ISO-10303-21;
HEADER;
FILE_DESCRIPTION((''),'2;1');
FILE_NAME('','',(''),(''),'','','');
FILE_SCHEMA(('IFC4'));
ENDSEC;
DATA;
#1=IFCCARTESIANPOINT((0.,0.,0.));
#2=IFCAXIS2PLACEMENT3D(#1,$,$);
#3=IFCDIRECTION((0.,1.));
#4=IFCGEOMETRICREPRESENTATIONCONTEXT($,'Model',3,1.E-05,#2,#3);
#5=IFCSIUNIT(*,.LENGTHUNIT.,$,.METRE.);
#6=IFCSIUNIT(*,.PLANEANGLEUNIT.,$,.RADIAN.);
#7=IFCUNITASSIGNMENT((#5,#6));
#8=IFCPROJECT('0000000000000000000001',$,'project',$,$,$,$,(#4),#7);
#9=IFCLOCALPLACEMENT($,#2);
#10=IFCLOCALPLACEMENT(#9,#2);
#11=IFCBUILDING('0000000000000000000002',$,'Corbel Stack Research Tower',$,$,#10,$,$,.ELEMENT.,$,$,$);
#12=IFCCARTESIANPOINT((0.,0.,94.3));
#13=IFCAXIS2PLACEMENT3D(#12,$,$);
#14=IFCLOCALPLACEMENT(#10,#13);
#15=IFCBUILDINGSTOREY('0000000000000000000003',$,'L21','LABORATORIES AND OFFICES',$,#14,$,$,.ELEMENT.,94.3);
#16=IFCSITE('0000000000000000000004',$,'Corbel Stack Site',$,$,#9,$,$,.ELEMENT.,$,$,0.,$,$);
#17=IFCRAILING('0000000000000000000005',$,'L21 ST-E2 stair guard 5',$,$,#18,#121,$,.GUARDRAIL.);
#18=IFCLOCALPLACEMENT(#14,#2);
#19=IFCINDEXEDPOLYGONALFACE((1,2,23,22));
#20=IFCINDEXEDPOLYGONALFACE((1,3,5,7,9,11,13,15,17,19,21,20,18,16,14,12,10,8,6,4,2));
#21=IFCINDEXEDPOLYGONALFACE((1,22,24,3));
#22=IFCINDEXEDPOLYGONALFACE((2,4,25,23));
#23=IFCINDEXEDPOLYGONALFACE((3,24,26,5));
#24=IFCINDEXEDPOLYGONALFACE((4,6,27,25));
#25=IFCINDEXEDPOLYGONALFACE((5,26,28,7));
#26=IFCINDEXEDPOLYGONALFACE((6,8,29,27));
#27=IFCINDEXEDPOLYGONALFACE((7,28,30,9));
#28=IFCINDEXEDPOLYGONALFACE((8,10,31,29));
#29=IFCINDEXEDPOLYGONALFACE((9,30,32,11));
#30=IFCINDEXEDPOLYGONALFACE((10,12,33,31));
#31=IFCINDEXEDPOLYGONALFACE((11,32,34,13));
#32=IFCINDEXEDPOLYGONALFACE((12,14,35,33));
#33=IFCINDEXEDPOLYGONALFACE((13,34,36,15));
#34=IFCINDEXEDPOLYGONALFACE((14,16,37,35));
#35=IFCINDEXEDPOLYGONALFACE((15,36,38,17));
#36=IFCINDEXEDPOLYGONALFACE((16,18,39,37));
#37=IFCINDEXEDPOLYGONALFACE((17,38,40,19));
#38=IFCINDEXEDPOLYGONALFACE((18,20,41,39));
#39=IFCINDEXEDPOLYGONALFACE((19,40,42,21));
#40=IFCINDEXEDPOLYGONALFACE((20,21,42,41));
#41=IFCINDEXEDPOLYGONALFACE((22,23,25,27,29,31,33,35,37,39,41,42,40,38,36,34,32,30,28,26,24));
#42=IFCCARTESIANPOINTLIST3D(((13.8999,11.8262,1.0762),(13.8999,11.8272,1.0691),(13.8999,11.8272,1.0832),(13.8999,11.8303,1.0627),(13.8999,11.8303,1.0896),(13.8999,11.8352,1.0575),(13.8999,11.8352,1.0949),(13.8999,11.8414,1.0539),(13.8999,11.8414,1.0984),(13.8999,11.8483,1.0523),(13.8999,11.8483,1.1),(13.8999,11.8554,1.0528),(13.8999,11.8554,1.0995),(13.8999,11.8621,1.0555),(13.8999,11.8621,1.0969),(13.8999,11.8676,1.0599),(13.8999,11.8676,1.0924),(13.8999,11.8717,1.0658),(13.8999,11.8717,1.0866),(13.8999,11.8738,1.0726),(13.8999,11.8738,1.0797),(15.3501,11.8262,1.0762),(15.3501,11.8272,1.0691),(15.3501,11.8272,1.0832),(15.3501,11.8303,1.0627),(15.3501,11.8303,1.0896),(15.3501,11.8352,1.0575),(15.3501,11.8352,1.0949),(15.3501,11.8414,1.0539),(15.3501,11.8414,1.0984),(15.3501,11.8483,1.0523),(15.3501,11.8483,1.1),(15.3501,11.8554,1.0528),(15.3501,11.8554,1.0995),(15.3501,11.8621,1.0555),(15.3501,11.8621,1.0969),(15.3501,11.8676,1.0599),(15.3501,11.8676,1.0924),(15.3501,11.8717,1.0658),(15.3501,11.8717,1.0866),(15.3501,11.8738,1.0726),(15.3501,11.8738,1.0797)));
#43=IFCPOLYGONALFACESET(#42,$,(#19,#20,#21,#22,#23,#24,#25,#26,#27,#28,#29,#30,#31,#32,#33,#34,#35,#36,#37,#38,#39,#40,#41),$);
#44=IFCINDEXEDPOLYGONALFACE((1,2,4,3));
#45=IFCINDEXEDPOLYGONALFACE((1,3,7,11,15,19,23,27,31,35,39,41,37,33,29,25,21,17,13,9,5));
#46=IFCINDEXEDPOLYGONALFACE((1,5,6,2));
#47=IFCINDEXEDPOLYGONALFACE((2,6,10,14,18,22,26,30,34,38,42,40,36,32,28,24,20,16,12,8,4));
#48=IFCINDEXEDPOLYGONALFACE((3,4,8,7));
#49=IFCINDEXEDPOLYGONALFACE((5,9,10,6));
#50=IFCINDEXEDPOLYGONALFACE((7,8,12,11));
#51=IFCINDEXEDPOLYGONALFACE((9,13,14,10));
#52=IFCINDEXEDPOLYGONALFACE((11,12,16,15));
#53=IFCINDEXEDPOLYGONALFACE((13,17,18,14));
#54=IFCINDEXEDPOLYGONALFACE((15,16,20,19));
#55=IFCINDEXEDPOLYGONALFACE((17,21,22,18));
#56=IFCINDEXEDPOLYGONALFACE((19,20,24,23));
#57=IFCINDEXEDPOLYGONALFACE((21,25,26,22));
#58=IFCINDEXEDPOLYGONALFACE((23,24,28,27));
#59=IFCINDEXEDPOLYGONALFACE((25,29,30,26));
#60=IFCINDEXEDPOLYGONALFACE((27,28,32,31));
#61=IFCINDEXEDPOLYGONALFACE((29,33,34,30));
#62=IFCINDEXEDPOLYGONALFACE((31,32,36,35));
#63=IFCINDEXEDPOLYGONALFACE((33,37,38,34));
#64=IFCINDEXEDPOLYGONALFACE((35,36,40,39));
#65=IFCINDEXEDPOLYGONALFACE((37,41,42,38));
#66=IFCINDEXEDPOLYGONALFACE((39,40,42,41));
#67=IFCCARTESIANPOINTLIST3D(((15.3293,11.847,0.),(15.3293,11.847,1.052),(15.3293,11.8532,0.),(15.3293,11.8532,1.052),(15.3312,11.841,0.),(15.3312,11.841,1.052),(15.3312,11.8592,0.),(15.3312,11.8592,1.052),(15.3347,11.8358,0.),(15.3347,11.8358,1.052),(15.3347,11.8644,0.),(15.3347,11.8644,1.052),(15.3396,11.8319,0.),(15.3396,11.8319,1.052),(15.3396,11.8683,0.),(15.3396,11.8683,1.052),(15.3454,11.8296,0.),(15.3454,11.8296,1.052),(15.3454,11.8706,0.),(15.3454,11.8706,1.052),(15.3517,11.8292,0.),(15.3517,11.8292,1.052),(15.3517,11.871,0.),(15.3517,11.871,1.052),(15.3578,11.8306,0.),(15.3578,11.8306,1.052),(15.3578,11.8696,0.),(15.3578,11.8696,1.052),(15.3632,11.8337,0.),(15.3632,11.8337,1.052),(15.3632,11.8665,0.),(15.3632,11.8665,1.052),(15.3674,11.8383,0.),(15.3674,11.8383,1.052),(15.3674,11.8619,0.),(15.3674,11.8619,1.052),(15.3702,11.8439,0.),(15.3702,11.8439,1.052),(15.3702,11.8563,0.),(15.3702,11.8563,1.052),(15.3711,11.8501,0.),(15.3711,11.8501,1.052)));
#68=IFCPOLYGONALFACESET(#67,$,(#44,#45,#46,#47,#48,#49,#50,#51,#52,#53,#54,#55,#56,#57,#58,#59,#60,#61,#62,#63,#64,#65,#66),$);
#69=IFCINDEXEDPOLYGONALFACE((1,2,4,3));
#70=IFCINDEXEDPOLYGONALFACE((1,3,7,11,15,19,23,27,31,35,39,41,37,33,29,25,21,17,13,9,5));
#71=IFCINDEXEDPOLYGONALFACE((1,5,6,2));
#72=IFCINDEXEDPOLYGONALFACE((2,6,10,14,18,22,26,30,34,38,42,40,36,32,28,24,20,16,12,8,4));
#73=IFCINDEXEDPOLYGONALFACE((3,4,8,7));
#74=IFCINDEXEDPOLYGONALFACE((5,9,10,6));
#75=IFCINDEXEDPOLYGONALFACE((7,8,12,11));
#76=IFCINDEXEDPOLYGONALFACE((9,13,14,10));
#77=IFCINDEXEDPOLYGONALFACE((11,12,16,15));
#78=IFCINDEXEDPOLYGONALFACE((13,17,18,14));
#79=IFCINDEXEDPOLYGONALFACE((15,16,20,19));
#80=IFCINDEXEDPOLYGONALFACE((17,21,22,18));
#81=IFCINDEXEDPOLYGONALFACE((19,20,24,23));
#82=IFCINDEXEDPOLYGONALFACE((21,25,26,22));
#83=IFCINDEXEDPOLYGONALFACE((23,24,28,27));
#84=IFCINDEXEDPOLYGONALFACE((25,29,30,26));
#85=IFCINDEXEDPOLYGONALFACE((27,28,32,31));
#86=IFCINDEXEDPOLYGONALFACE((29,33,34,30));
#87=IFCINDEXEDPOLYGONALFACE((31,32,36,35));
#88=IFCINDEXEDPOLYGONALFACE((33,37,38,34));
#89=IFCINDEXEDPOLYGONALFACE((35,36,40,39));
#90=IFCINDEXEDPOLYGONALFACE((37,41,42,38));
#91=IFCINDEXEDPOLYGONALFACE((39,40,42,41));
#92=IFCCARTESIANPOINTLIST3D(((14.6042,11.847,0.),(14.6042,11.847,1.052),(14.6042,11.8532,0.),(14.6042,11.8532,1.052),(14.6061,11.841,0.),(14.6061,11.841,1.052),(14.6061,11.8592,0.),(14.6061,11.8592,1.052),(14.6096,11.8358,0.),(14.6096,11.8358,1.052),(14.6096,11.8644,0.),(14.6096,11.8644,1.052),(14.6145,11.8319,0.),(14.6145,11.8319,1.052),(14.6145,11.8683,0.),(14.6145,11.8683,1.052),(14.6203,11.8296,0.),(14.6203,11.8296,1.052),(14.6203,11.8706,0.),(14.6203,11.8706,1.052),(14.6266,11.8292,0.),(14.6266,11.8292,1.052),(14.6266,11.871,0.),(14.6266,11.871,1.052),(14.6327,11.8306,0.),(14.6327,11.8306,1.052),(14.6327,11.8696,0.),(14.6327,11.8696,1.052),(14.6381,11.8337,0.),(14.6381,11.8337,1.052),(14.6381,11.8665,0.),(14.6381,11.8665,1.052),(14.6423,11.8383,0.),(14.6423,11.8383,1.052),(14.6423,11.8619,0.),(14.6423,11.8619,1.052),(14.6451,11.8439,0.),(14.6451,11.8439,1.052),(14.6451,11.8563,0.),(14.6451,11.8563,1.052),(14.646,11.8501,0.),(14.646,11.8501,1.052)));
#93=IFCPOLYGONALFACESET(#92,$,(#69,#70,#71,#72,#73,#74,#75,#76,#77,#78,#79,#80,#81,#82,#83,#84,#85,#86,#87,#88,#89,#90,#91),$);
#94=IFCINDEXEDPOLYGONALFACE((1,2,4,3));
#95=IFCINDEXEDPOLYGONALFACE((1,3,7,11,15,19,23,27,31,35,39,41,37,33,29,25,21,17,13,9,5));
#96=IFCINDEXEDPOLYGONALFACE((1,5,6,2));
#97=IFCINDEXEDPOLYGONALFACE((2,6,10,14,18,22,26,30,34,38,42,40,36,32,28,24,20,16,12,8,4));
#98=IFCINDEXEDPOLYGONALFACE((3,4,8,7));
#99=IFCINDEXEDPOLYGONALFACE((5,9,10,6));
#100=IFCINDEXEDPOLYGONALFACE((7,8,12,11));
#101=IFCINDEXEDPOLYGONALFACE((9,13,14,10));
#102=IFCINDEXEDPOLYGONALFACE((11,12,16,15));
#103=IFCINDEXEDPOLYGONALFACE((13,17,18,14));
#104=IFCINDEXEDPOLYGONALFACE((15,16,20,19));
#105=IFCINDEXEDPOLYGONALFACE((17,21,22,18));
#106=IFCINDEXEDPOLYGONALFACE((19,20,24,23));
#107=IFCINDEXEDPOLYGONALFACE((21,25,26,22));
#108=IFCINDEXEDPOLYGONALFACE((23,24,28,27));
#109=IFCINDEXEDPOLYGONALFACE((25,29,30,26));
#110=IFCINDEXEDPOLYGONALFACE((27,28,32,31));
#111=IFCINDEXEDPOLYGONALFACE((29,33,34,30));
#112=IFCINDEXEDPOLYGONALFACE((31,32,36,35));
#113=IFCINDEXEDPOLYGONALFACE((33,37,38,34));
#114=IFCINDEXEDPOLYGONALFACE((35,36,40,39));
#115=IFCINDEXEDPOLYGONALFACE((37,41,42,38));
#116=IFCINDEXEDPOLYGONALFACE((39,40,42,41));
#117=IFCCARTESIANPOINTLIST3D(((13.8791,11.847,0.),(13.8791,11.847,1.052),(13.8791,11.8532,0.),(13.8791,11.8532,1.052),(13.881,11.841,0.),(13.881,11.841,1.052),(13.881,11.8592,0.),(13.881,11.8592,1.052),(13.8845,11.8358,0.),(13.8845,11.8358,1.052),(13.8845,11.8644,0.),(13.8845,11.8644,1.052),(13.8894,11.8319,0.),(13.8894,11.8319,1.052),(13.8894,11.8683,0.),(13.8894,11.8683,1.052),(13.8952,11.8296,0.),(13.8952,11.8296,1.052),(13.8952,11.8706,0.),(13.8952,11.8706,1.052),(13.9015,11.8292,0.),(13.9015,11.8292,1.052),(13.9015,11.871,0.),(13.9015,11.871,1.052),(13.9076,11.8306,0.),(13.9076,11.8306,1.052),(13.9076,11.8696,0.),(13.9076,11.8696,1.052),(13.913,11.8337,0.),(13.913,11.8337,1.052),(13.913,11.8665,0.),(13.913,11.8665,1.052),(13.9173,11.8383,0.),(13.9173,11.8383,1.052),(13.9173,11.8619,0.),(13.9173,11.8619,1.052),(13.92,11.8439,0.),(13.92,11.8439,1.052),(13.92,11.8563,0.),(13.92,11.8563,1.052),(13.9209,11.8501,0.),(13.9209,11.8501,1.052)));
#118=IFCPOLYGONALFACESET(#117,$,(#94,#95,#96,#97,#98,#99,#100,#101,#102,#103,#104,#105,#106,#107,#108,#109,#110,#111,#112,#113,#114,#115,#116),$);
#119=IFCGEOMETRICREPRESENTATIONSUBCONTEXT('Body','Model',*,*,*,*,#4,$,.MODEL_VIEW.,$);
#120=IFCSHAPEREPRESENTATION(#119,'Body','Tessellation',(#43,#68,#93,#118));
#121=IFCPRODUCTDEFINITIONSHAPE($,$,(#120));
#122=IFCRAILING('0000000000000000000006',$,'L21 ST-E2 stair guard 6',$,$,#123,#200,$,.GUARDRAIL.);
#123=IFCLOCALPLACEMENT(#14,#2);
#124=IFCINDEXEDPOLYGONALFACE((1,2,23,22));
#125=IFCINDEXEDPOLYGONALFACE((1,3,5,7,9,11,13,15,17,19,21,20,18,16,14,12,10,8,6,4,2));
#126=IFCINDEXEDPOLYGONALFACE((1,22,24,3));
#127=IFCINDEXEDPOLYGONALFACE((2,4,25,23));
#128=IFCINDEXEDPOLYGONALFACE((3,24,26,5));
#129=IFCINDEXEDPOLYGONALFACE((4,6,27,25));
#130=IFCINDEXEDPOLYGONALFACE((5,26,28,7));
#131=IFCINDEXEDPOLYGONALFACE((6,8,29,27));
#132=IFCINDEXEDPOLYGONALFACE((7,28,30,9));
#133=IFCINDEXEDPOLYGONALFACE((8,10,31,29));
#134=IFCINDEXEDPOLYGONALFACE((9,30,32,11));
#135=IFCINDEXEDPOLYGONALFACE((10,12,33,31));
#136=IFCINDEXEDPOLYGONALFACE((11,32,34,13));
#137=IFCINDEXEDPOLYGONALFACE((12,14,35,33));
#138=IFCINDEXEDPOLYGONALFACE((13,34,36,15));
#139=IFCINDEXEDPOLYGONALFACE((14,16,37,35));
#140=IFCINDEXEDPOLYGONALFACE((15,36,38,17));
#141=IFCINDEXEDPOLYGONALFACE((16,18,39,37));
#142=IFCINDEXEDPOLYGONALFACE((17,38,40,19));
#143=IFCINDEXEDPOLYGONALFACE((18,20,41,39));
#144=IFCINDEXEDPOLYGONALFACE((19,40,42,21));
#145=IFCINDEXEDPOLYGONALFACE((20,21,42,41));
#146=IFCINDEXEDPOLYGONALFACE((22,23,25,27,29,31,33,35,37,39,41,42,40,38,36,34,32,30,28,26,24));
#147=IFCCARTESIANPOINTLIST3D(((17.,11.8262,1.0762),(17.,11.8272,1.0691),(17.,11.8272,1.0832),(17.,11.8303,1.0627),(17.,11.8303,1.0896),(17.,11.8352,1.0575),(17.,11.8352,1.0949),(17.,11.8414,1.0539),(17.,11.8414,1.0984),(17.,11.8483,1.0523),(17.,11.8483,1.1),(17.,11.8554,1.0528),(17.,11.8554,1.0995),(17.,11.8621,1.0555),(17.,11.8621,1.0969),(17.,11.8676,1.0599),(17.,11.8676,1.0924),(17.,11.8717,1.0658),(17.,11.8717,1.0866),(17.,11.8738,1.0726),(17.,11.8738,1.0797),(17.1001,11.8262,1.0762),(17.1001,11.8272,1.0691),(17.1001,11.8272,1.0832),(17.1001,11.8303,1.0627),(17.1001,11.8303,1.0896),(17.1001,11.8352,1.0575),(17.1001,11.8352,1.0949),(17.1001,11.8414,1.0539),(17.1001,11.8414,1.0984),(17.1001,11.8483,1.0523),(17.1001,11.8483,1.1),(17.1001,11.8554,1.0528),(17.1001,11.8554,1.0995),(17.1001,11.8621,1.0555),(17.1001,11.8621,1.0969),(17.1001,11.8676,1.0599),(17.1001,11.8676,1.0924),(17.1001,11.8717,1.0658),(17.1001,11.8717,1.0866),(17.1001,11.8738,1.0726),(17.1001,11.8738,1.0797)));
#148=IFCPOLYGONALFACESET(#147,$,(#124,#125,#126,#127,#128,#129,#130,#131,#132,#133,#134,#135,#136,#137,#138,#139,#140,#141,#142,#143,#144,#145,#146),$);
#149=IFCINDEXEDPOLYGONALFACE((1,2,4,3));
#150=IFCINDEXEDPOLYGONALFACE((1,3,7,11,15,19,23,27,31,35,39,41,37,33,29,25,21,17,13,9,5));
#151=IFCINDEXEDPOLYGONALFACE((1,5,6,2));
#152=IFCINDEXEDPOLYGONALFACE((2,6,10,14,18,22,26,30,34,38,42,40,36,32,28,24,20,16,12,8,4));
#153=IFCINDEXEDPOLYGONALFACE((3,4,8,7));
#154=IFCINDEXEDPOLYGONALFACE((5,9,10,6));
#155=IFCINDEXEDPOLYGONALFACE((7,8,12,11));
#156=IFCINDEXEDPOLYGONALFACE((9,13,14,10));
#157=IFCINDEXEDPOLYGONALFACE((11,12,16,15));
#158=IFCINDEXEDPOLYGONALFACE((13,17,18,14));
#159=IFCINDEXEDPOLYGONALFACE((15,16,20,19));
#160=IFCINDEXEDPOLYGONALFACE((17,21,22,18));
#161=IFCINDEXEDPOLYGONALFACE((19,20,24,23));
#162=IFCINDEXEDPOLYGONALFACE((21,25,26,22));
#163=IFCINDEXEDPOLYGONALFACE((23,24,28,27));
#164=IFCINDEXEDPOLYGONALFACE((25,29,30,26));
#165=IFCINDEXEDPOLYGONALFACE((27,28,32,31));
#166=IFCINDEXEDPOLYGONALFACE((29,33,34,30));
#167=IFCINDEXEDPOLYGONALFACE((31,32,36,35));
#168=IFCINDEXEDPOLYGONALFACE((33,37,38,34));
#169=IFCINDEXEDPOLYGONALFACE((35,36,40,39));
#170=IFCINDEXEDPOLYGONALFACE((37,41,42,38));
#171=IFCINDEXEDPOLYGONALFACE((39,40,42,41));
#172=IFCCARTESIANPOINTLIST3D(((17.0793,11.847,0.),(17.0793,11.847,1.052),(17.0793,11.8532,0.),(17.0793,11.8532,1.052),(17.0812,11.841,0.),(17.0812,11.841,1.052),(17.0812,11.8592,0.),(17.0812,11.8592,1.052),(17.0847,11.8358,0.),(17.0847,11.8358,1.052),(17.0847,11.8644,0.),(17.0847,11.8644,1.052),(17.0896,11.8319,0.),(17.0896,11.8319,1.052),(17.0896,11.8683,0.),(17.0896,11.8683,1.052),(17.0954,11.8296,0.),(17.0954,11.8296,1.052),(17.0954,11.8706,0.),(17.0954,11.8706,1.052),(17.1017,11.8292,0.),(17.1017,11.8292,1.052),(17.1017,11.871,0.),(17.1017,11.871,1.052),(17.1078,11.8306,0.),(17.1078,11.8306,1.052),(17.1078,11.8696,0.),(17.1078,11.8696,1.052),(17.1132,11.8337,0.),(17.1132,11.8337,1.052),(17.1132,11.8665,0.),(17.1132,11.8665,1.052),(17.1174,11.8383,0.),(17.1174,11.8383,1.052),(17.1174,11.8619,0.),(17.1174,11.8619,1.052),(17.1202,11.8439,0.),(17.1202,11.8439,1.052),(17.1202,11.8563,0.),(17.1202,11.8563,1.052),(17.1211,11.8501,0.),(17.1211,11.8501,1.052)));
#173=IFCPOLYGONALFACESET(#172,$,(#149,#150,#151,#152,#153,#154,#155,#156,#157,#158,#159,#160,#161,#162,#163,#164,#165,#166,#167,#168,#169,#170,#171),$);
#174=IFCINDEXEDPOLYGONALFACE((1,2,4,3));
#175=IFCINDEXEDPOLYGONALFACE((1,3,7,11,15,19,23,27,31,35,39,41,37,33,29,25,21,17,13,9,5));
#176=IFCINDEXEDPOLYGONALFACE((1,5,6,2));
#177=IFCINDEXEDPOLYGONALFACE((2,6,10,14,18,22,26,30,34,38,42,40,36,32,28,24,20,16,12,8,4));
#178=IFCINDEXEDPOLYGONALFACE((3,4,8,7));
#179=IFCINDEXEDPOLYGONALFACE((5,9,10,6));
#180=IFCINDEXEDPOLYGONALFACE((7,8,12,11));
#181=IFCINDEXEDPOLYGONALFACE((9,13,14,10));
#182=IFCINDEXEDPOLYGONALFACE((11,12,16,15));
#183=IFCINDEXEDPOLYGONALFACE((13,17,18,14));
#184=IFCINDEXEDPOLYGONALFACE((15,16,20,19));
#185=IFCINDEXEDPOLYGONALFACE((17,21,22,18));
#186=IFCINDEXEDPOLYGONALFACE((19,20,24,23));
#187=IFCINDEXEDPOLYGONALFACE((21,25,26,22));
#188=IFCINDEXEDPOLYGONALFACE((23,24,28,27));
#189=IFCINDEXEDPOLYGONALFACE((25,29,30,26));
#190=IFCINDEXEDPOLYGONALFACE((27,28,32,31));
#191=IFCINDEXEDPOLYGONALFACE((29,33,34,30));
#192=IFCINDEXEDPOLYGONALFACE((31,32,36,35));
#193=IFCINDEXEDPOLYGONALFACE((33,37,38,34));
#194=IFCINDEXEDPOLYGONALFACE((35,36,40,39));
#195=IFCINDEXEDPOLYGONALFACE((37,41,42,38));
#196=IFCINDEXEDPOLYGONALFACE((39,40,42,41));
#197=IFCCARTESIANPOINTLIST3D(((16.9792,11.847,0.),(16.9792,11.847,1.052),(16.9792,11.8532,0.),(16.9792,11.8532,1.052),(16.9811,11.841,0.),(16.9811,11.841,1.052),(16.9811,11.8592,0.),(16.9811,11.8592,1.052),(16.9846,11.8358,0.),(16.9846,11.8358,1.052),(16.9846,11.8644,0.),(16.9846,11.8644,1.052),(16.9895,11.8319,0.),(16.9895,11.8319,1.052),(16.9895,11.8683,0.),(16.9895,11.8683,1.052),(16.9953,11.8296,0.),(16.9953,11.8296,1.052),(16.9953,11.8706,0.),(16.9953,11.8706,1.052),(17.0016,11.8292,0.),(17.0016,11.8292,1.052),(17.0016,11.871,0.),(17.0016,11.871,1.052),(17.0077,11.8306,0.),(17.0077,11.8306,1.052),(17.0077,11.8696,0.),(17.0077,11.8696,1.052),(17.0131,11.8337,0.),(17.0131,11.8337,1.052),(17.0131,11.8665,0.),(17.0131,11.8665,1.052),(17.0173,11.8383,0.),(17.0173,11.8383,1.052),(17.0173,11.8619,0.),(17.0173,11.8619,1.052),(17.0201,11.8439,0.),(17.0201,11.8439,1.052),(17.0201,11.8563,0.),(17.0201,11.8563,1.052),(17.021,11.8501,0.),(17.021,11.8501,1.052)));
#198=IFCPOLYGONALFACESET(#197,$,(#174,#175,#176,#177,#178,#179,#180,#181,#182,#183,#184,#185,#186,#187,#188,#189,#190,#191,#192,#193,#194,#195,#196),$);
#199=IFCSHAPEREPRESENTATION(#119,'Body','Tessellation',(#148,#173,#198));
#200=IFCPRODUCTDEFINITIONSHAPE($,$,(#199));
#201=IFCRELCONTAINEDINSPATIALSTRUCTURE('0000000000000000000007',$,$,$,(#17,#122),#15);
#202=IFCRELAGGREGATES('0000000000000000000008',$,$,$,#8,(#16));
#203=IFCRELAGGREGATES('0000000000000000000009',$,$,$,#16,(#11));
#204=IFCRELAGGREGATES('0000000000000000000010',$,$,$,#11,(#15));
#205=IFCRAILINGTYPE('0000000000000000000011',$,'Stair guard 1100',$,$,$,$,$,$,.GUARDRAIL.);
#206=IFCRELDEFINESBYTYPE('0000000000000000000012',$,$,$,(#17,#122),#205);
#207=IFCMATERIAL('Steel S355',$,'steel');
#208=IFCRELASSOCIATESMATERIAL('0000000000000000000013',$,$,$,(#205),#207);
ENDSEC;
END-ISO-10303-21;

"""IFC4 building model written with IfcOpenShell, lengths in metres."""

from ifc_helpers import new_model, si_unit, direction, frame, origin, origin_2d, place, context, subcontext, project, spatial, circle, extrude, material, type_object, element, save


model = new_model("IFC4")

# Units and contexts
model_context = context("Model", 3, precision=1e-05, world=origin(), true_north=direction((0.0, 1.0)))
body_context = subcontext(model_context, "Body", "Model", "MODEL_VIEW")
ifc_project = project(units=[si_unit("LENGTHUNIT", "METRE"), si_unit("PLANEANGLEUNIT", "RADIAN")], contexts=[model_context])

# Site, building, storey
site_placement = place(None, origin())
site = spatial("IfcSite", under=ifc_project, at=site_placement, Name="Corbel Stack Site", CompositionType="ELEMENT", RefElevation=0.0)
building_placement = place(site_placement, origin())
building = spatial("IfcBuilding", under=site, at=building_placement, Name="Corbel Stack Research Tower", CompositionType="ELEMENT")
storey_placement = place(building_placement, frame((0.0, 0.0, 94.3)))
storey = spatial("IfcBuildingStorey", under=building, at=storey_placement, Name="L21", Description="LABORATORIES AND OFFICES", CompositionType="ELEMENT", Elevation=94.3)

# Railings
ifc_material_1 = material(Name="Steel S355", Category="steel")
railing_type_1 = type_object("IfcRailingType", Name="Stair guard 1100", PredefinedType="GUARDRAIL", material=ifc_material_1)
railing_1_placement = place(storey_placement, frame((15.3501, 11.8501, 0.0)))
element("IfcRailing", 1, at=railing_1_placement, inside=storey, type_object=railing_type_1, Name="L21 ST-E2 stair guard 5", PredefinedType="GUARDRAIL", context=body_context, shape_type="SweptSolid", body=[
    extrude(circle(Radius=0.0239, at=origin_2d()), frame((0.0, 0.0, 1.0762), z_axis=(-1.0, 0.0, 0.0), x_axis=(0.0, -1.0, 0.0)), (0.0, 0.0, 1.0), 1.4502),
    extrude(circle(Radius=0.021, at=origin_2d()), origin(), (0.0, 0.0, 1.0), 1.052),
    extrude(circle(Radius=0.021, at=origin_2d()), frame((-0.7251, 0.0, 0.0)), (0.0, 0.0, 1.0), 1.052),
    extrude(circle(Radius=0.021, at=origin_2d()), frame((-1.4502, 0.0, 0.0)), (0.0, 0.0, 1.0), 1.052),
])
railing_2_placement = place(storey_placement, frame((17.1001, 11.8501, 0.0)))
element("IfcRailing", 2, at=railing_2_placement, inside=storey, type_object=railing_type_1, Name="L21 ST-E2 stair guard 6", PredefinedType="GUARDRAIL", context=body_context, shape_type="SweptSolid", body=[
    extrude(circle(Radius=0.0239, at=origin_2d()), frame((0.0, 0.0, 1.0762), z_axis=(-1.0, 0.0, 0.0), x_axis=(0.0, -1.0, 0.0)), (0.0, 0.0, 1.0), 0.1001),
    extrude(circle(Radius=0.021, at=origin_2d()), origin(), (0.0, 0.0, 1.0), 1.052),
    extrude(circle(Radius=0.021, at=origin_2d()), frame((-0.1001, 0.0, 0.0)), (0.0, 0.0, 1.0), 1.052),
])

save(model, "model.ifc")
